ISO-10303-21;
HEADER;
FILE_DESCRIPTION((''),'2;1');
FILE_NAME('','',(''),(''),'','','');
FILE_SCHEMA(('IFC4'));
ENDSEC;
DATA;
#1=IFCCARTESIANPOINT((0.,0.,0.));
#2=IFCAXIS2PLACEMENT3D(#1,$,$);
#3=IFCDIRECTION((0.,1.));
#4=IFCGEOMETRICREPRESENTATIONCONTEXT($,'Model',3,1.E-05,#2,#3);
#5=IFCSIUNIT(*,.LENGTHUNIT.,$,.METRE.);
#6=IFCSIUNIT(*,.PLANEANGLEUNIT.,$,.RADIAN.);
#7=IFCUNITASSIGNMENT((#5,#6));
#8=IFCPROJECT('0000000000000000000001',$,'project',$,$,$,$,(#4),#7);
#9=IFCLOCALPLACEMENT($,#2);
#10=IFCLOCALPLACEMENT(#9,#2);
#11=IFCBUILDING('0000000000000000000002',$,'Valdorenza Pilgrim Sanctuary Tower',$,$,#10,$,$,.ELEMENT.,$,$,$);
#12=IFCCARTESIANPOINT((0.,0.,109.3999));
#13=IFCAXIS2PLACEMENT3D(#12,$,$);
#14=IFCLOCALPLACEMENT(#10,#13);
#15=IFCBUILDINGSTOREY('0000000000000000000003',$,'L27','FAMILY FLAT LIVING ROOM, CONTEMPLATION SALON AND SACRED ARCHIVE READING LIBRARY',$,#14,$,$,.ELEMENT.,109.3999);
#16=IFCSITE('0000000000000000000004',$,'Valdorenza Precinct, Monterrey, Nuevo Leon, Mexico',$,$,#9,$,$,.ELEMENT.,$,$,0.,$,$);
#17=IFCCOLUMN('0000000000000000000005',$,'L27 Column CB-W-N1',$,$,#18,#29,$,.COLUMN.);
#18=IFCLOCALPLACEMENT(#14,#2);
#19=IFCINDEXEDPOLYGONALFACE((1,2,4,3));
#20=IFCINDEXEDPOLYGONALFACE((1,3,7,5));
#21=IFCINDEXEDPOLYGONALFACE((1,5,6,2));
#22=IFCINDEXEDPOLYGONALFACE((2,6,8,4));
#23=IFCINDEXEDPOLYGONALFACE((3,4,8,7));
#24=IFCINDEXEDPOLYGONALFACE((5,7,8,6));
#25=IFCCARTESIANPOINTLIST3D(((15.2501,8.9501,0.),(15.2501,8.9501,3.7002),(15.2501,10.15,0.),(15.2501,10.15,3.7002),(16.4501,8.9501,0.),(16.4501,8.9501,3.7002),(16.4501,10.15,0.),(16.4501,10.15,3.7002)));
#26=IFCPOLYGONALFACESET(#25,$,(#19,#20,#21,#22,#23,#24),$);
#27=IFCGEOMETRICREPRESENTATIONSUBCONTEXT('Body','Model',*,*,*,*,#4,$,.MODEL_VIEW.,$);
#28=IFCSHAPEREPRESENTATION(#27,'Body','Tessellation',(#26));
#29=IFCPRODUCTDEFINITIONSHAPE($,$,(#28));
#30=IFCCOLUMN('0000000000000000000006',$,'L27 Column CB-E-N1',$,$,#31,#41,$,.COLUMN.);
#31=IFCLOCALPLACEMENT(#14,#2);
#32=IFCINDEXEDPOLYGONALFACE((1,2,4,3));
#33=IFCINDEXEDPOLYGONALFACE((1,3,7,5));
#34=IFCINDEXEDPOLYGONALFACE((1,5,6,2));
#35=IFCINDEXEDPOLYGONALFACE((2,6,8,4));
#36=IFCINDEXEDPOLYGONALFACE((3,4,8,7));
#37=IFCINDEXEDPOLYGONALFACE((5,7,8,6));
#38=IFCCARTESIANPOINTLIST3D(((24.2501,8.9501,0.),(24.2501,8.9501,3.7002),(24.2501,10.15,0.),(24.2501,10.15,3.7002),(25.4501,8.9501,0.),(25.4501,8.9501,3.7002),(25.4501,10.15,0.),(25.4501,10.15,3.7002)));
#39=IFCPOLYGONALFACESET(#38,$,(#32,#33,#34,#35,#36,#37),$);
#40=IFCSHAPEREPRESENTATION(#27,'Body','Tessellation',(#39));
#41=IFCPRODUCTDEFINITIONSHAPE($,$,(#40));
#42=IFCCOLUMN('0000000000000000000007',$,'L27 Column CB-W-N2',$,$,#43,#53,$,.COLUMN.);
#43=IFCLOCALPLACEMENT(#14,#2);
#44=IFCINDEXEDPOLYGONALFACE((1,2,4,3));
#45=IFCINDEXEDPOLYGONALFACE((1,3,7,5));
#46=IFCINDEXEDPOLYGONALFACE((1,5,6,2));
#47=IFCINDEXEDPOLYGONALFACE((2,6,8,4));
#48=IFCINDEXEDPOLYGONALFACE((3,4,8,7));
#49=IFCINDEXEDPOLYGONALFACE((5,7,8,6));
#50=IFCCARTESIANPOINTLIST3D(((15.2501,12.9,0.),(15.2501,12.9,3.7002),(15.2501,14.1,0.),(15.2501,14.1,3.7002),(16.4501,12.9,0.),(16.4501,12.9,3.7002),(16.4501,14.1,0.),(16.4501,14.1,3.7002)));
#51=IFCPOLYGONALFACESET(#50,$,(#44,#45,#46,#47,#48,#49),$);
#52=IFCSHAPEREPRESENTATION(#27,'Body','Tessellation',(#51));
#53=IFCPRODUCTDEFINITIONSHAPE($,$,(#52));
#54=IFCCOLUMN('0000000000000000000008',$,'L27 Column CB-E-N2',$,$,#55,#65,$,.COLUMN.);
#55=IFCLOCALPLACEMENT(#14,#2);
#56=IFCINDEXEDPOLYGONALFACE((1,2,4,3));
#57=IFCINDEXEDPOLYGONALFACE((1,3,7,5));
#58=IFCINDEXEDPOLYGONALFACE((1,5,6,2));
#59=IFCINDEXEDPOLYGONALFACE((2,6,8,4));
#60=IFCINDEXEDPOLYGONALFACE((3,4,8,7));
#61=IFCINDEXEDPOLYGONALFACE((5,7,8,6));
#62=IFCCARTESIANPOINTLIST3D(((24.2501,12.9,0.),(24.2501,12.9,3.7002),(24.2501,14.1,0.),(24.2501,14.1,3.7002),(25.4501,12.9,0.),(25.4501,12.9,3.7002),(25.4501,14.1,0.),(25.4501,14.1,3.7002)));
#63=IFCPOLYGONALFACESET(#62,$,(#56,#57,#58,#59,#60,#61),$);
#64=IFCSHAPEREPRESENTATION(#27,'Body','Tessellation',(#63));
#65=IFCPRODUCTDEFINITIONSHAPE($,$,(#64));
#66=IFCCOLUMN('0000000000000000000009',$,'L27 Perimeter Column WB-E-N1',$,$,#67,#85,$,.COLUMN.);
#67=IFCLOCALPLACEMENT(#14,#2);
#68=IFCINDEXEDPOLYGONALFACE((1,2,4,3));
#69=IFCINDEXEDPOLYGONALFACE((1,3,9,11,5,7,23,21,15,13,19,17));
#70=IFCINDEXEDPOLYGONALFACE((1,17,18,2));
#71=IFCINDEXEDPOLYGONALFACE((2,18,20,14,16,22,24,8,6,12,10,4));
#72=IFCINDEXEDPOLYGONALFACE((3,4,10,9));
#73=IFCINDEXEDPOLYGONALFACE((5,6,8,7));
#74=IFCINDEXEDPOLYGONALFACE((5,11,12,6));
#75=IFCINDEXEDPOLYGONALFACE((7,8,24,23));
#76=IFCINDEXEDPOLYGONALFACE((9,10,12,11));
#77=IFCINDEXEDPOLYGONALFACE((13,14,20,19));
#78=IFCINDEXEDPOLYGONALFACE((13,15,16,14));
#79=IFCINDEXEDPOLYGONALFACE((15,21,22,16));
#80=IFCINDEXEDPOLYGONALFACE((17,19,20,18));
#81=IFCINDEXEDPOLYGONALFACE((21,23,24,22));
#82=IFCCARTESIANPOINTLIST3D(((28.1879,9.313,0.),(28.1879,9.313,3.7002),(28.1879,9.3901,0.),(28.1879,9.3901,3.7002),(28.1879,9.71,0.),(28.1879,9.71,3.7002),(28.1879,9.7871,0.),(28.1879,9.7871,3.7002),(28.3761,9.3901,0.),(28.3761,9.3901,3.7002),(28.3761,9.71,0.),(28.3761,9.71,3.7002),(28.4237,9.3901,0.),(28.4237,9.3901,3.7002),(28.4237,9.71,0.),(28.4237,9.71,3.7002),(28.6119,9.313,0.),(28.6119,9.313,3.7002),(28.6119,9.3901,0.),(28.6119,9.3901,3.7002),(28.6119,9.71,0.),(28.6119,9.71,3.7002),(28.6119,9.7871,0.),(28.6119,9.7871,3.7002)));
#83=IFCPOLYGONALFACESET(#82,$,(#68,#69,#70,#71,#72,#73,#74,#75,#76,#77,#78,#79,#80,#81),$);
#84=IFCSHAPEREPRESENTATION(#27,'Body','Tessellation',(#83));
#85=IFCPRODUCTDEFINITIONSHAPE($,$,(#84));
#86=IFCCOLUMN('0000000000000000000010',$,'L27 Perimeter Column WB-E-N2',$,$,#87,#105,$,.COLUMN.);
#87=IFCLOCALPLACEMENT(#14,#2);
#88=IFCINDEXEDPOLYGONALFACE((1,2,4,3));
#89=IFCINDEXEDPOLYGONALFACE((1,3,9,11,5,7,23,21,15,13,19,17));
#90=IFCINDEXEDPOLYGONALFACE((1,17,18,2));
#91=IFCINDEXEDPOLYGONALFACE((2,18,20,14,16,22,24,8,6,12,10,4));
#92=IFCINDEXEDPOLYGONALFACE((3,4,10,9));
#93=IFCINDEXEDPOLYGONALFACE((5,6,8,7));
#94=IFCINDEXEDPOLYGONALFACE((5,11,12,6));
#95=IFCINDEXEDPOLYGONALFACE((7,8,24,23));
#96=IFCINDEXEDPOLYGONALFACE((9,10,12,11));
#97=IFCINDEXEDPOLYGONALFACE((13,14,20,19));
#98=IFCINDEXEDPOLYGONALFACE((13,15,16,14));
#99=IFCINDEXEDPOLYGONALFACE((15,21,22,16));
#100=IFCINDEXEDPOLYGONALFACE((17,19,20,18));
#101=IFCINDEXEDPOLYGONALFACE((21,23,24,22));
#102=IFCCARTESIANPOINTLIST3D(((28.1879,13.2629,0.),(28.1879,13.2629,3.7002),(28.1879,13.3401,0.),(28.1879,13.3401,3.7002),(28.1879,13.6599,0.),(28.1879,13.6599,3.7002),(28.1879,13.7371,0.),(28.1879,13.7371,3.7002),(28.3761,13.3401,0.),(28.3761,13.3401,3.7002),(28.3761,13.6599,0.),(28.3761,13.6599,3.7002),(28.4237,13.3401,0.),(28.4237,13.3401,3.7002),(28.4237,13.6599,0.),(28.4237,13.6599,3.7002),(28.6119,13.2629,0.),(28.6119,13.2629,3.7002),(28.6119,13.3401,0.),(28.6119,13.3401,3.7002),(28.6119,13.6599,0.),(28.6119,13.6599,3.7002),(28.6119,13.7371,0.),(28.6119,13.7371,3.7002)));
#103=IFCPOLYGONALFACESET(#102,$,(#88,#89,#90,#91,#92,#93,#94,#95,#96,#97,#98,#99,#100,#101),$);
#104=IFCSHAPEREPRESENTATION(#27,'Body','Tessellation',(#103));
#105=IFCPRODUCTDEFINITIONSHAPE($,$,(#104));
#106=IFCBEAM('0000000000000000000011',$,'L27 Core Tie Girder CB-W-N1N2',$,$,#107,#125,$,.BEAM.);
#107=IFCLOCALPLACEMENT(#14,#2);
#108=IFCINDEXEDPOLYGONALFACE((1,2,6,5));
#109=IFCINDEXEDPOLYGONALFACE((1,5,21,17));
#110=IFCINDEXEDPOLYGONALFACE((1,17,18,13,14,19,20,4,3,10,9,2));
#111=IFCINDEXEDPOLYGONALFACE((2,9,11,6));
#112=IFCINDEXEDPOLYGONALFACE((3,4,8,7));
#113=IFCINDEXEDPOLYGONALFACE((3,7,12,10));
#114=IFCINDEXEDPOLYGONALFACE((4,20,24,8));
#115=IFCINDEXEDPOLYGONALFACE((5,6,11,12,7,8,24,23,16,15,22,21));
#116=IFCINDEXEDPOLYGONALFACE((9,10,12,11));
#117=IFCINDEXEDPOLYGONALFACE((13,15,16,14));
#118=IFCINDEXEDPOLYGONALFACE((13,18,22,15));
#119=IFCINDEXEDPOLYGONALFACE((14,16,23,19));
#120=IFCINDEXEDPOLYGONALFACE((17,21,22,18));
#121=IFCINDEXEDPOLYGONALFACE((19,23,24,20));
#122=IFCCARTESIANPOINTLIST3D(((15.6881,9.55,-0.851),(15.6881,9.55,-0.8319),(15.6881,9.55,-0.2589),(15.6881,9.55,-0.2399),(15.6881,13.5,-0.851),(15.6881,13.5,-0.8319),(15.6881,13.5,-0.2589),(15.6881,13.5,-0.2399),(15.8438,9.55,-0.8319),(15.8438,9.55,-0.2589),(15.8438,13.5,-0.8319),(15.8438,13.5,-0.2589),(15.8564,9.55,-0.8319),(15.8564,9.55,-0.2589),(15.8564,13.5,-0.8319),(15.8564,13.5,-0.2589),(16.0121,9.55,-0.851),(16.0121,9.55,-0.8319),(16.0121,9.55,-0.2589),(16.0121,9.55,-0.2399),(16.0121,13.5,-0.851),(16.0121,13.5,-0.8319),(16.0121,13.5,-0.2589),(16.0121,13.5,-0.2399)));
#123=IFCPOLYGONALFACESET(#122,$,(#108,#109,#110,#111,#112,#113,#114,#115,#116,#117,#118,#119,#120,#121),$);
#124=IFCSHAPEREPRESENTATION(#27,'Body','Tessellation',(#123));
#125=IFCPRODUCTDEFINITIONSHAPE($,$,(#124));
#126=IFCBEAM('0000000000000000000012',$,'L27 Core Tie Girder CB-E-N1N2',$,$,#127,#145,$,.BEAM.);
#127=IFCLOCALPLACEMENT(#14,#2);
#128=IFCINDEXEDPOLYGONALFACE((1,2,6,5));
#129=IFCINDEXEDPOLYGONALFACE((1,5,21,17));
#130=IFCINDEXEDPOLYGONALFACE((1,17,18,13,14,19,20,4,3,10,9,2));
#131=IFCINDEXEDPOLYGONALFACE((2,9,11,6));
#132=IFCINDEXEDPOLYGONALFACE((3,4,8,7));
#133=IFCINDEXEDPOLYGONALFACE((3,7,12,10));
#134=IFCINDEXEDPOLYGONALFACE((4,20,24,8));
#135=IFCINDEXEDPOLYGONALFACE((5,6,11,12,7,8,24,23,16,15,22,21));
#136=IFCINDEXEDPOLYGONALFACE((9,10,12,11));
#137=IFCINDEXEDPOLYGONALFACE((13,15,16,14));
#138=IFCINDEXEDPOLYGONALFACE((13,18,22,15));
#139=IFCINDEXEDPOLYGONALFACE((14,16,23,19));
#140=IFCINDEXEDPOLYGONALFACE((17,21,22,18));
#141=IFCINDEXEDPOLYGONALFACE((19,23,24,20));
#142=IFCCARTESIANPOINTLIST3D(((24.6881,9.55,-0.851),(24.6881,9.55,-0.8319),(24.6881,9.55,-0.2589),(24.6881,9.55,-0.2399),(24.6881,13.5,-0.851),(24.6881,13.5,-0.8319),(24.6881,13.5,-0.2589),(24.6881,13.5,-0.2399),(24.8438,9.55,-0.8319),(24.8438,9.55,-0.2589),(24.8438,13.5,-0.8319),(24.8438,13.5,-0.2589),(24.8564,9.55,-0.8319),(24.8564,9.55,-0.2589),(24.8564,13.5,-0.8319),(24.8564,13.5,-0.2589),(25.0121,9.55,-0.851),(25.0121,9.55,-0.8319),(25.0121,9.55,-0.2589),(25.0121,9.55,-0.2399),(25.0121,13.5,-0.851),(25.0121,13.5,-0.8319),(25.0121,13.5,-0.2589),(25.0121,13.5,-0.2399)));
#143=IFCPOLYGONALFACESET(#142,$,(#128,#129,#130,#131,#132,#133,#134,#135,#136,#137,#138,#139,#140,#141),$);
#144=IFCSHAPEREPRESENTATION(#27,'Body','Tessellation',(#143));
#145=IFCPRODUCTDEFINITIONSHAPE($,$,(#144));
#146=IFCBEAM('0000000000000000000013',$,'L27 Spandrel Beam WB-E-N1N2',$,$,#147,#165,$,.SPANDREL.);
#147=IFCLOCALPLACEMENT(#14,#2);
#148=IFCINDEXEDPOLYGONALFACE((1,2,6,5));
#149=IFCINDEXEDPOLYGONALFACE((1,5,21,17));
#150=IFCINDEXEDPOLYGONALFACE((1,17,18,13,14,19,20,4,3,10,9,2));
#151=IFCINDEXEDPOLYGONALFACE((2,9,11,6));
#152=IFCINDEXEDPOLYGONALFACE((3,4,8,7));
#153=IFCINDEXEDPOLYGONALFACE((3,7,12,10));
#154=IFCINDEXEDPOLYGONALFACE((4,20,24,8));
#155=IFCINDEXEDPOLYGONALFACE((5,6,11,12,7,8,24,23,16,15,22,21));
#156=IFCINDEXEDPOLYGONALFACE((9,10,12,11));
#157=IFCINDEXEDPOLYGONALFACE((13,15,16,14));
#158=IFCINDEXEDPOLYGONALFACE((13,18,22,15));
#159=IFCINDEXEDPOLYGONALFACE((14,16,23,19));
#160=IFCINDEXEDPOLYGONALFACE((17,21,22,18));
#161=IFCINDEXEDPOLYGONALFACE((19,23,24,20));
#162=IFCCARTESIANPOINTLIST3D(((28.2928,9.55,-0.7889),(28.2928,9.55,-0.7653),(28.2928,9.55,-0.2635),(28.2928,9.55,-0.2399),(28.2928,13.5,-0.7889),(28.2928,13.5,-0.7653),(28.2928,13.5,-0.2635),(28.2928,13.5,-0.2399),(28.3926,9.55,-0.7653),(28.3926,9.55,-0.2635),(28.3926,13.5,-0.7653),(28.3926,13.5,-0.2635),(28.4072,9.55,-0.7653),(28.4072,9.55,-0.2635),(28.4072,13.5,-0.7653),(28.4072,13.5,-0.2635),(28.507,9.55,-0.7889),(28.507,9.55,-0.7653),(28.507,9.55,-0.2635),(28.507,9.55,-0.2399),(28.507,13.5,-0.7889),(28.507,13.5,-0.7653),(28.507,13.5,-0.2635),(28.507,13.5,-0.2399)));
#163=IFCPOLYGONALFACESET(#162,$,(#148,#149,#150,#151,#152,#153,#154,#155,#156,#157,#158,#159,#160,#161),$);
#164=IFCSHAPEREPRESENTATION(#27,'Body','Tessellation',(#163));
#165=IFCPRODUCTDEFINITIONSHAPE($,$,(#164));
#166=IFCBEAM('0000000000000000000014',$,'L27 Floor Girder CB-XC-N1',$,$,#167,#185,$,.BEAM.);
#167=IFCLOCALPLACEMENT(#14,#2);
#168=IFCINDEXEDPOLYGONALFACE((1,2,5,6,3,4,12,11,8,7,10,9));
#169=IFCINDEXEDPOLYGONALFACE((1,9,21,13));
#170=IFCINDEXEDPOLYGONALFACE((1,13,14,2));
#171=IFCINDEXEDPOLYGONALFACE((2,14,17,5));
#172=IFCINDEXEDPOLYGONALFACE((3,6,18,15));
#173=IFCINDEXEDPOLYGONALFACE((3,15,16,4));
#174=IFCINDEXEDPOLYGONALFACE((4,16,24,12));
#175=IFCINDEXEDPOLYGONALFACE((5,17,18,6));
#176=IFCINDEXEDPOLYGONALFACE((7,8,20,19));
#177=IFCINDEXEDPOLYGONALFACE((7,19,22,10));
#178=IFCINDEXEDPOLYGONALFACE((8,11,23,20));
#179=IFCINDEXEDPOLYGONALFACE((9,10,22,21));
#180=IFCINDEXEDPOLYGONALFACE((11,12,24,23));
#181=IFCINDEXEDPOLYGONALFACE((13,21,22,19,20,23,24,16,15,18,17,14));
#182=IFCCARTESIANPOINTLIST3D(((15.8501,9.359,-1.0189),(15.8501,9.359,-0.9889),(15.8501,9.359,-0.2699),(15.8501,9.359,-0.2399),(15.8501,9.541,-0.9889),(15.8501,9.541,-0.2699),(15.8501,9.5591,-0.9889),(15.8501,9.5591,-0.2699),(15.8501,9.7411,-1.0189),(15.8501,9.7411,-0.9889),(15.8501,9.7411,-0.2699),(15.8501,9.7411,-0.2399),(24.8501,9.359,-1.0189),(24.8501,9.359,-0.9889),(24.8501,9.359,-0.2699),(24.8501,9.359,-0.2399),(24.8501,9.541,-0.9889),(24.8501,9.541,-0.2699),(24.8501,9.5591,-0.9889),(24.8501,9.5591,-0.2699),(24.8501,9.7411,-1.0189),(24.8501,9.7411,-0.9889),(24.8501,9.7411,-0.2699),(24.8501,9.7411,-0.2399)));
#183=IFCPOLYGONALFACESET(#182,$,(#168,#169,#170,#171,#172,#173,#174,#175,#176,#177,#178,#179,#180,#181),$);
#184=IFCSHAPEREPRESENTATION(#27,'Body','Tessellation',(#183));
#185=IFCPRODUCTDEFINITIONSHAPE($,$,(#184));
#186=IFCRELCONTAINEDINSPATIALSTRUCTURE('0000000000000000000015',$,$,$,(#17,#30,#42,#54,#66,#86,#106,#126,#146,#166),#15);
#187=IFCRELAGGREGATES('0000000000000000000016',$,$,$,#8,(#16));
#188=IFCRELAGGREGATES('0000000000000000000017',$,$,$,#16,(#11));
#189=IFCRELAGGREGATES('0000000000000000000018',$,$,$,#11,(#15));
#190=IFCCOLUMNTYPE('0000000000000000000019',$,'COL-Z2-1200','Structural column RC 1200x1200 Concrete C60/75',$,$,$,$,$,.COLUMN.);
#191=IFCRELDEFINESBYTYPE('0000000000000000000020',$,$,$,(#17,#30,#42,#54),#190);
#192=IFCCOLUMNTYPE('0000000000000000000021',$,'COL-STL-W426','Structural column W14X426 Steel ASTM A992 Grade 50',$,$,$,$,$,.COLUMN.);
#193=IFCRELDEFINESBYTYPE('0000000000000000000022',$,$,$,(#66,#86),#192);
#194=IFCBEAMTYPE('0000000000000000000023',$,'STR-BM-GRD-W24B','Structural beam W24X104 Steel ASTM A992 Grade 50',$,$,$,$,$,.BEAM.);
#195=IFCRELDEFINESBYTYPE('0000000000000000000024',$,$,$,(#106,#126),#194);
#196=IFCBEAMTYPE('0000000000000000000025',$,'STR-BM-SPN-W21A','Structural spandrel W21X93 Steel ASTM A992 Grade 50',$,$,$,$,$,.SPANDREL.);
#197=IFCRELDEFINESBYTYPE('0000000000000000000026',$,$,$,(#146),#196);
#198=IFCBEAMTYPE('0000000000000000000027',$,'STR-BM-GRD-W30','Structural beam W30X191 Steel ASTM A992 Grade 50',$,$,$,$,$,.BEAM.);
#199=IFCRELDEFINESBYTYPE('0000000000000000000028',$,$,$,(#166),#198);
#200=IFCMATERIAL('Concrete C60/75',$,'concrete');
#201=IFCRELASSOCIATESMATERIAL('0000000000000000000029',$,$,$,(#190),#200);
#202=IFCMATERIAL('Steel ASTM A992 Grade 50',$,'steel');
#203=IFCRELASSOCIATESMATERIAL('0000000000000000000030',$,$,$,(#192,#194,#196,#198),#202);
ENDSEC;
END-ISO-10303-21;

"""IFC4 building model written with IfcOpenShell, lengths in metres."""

from ifc_helpers import new_model, si_unit, direction, frame, origin, origin_2d, place, context, subcontext, project, spatial, rectangle, i_section, extrude, source, transform, mapped, material, material_profile, profile_set, type_object, element, save


model = new_model("IFC4")

# Units and contexts
model_context = context("Model", 3, precision=1e-05, world=origin(), true_north=direction((0.0, 1.0)))
body_context = subcontext(model_context, "Body", "Model", "MODEL_VIEW")
ifc_project = project(units=[si_unit("LENGTHUNIT", "METRE"), si_unit("PLANEANGLEUNIT", "RADIAN")], contexts=[model_context])

# Site, building, storey
site_placement = place(None, origin())
site = spatial("IfcSite", under=ifc_project, at=site_placement, Name="Valdorenza Precinct, Monterrey, Nuevo Leon, Mexico", CompositionType="ELEMENT", RefElevation=0.0)
building_placement = place(site_placement, origin())
building = spatial("IfcBuilding", under=site, at=building_placement, Name="Valdorenza Pilgrim Sanctuary Tower", CompositionType="ELEMENT")
storey_placement = place(building_placement, frame((0.0, 0.0, 109.3999)))
storey = spatial("IfcBuildingStorey", under=building, at=storey_placement, Name="L27", Description="FAMILY FLAT LIVING ROOM, CONTEMPLATION SALON AND SACRED ARCHIVE READING LIBRARY", CompositionType="ELEMENT", Elevation=109.3999)

# Columns
ifc_material_1 = material(Name="Concrete C60/75", Category="concrete")
ifc_material_profile_1 = material_profile(ifc_material_1, rectangle(XDim=1.2, YDim=1.2, at=origin_2d()), Name="RC 1200x1200")
ifc_profile_set_1 = profile_set([ifc_material_profile_1], Name="Concrete C60/75")
column_type_1 = type_object("IfcColumnType", Name="COL-Z2-1200", Description="Structural column RC 1200x1200 Concrete C60/75", PredefinedType="COLUMN", material=ifc_profile_set_1)
shared_shape_1 = source(origin(), body_context, "Body", "SweptSolid", [
    extrude(rectangle(XDim=1.2, YDim=1.2, at=origin_2d()), origin(), (0.0, 0.0, 1.0), 3.7002),
])
for number, where, z_axis, x_axis, name in (
    (1, (15.8501, 9.55, 0.0), (0.0, 0.0, 1.0), (1.0, 0.0, 0.0), "L27 Column CB-W-N1"),
    (2, (24.8501, 9.55, 0.0), (0.0, 0.0, 1.0), (1.0, 0.0, 0.0), "L27 Column CB-E-N1"),
    (3, (15.8501, 13.5, 0.0), (0.0, 0.0, 1.0), (1.0, 0.0, 0.0), "L27 Column CB-W-N2"),
    (4, (24.8501, 13.5, 0.0), (0.0, 0.0, 1.0), (1.0, 0.0, 0.0), "L27 Column CB-E-N2"),
):
    element("IfcColumn", number, at=place(storey_placement, frame(where, z_axis=z_axis, x_axis=x_axis)), inside=storey, type_object=column_type_1, Name=name, PredefinedType="COLUMN", context=body_context, shape_type="MappedRepresentation", body=[
        mapped(shared_shape_1, transform((0.0, 0.0, 0.0), x_axis=(1.0, 0.0, 0.0), y_axis=(0.0, 1.0, 0.0), z_axis=(0.0, 0.0, 1.0), scale=1.0)),
    ])
ifc_material_2 = material(Name="Steel ASTM A992 Grade 50", Category="steel")
ifc_material_profile_2 = material_profile(ifc_material_2, i_section(OverallWidth=0.4241, OverallDepth=0.4741, WebThickness=0.0476, FlangeThickness=0.0771, at=origin_2d()), Name="W14X426")
ifc_profile_set_2 = profile_set([ifc_material_profile_2], Name="Steel ASTM A992 Grade 50")
column_type_2 = type_object("IfcColumnType", Name="COL-STL-W426", Description="Structural column W14X426 Steel ASTM A992 Grade 50", PredefinedType="COLUMN", material=ifc_profile_set_2)
shared_shape_2 = source(origin(), body_context, "Body", "SweptSolid", [
    extrude(i_section(OverallWidth=0.4241, OverallDepth=0.4741, WebThickness=0.0476, FlangeThickness=0.0771, at=origin_2d()), origin(), (0.0, 0.0, 1.0), 3.7002),
])
for number, where, z_axis, x_axis, name in (
    (5, (28.3999, 9.55, 0.0), (0.0, 0.0, 1.0), (1.0, 0.0, 0.0), "L27 Perimeter Column WB-E-N1"),
    (6, (28.3999, 13.5, 0.0), (0.0, 0.0, 1.0), (1.0, 0.0, 0.0), "L27 Perimeter Column WB-E-N2"),
):
    element("IfcColumn", number, at=place(storey_placement, frame(where, z_axis=z_axis, x_axis=x_axis)), inside=storey, type_object=column_type_2, Name=name, PredefinedType="COLUMN", context=body_context, shape_type="MappedRepresentation", body=[
        mapped(shared_shape_2, transform((0.0, 0.0, 0.0), x_axis=(1.0, 0.0, 0.0), y_axis=(0.0, 1.0, 0.0), z_axis=(0.0, 0.0, 1.0), scale=1.0)),
    ])

# Beams
ifc_material_profile_3 = material_profile(ifc_material_2, i_section(OverallWidth=0.324, OverallDepth=0.6111, WebThickness=0.0127, FlangeThickness=0.019, at=origin_2d()), Name="W24X104")
ifc_profile_set_3 = profile_set([ifc_material_profile_3], Name="Steel ASTM A992 Grade 50")
beam_type_1 = type_object("IfcBeamType", Name="STR-BM-GRD-W24B", Description="Structural beam W24X104 Steel ASTM A992 Grade 50", PredefinedType="BEAM", material=ifc_profile_set_3)
shared_shape_3 = source(origin(), body_context, "Body", "SweptSolid", [
    extrude(i_section(OverallWidth=0.324, OverallDepth=0.6111, WebThickness=0.0127, FlangeThickness=0.019, at=origin_2d()), origin(), (0.0, 0.0, 1.0), 3.95),
])
for number, where, z_axis, x_axis, name in (
    (7, (15.8501, 9.55, -0.5454), (0.0, 1.0, 0.0), (-1.0, 0.0, 0.0), "L27 Core Tie Girder CB-W-N1N2"),
    (8, (24.8501, 9.55, -0.5454), (0.0, 1.0, 0.0), (-1.0, 0.0, 0.0), "L27 Core Tie Girder CB-E-N1N2"),
):
    element("IfcBeam", number, at=place(storey_placement, frame(where, z_axis=z_axis, x_axis=x_axis)), inside=storey, type_object=beam_type_1, Name=name, PredefinedType="BEAM", context=body_context, shape_type="MappedRepresentation", body=[
        mapped(shared_shape_3, transform((0.0, 0.0, 0.0), x_axis=(1.0, 0.0, 0.0), y_axis=(0.0, 1.0, 0.0), z_axis=(0.0, 0.0, 1.0), scale=1.0)),
    ])
ifc_material_profile_4 = material_profile(ifc_material_2, i_section(OverallWidth=0.2141, OverallDepth=0.5491, WebThickness=0.0146, FlangeThickness=0.0237, at=origin_2d()), Name="W21X93")
ifc_profile_set_4 = profile_set([ifc_material_profile_4], Name="Steel ASTM A992 Grade 50")
beam_type_2 = type_object("IfcBeamType", Name="STR-BM-SPN-W21A", Description="Structural spandrel W21X93 Steel ASTM A992 Grade 50", PredefinedType="SPANDREL", material=ifc_profile_set_4)
shared_shape_4 = source(origin(), body_context, "Body", "SweptSolid", [
    extrude(i_section(OverallWidth=0.2141, OverallDepth=0.5491, WebThickness=0.0146, FlangeThickness=0.0237, at=origin_2d()), origin(), (0.0, 0.0, 1.0), 3.95),
])
beam_placement = place(storey_placement, frame((28.3999, 9.55, -0.5144), z_axis=(0.0, 1.0, 0.0), x_axis=(-1.0, 0.0, 0.0)))
element("IfcBeam", 9, at=beam_placement, inside=storey, type_object=beam_type_2, Name="L27 Spandrel Beam WB-E-N1N2", PredefinedType="SPANDREL", context=body_context, shape_type="MappedRepresentation", body=[
    mapped(shared_shape_4, transform((0.0, 0.0, 0.0), x_axis=(1.0, 0.0, 0.0), y_axis=(0.0, 1.0, 0.0), z_axis=(0.0, 0.0, 1.0), scale=1.0)),
])
ifc_material_profile_5 = material_profile(ifc_material_2, i_section(OverallWidth=0.3821, OverallDepth=0.7791, WebThickness=0.0181, FlangeThickness=0.03, at=origin_2d()), Name="W30X191")
ifc_profile_set_5 = profile_set([ifc_material_profile_5], Name="Steel ASTM A992 Grade 50")
beam_type_3 = type_object("IfcBeamType", Name="STR-BM-GRD-W30", Description="Structural beam W30X191 Steel ASTM A992 Grade 50", PredefinedType="BEAM", material=ifc_profile_set_5)
shared_shape_5 = source(origin(), body_context, "Body", "SweptSolid", [
    extrude(i_section(OverallWidth=0.3821, OverallDepth=0.7791, WebThickness=0.0181, FlangeThickness=0.03, at=origin_2d()), origin(), (0.0, 0.0, 1.0), 9.0),
])
for number, where, z_axis, x_axis, name in (
    (10, (15.8501, 9.55, -0.6294), (1.0, 0.0, 0.0), (0.0, 1.0, 0.0), "L27 Floor Girder CB-XC-N1"),
):
    element("IfcBeam", number, at=place(storey_placement, frame(where, z_axis=z_axis, x_axis=x_axis)), inside=storey, type_object=beam_type_3, Name=name, PredefinedType="BEAM", context=body_context, shape_type="MappedRepresentation", body=[
        mapped(shared_shape_5, transform((0.0, 0.0, 0.0), x_axis=(1.0, 0.0, 0.0), y_axis=(0.0, 1.0, 0.0), z_axis=(0.0, 0.0, 1.0), scale=1.0)),
    ])

save(model, "model.ifc")
